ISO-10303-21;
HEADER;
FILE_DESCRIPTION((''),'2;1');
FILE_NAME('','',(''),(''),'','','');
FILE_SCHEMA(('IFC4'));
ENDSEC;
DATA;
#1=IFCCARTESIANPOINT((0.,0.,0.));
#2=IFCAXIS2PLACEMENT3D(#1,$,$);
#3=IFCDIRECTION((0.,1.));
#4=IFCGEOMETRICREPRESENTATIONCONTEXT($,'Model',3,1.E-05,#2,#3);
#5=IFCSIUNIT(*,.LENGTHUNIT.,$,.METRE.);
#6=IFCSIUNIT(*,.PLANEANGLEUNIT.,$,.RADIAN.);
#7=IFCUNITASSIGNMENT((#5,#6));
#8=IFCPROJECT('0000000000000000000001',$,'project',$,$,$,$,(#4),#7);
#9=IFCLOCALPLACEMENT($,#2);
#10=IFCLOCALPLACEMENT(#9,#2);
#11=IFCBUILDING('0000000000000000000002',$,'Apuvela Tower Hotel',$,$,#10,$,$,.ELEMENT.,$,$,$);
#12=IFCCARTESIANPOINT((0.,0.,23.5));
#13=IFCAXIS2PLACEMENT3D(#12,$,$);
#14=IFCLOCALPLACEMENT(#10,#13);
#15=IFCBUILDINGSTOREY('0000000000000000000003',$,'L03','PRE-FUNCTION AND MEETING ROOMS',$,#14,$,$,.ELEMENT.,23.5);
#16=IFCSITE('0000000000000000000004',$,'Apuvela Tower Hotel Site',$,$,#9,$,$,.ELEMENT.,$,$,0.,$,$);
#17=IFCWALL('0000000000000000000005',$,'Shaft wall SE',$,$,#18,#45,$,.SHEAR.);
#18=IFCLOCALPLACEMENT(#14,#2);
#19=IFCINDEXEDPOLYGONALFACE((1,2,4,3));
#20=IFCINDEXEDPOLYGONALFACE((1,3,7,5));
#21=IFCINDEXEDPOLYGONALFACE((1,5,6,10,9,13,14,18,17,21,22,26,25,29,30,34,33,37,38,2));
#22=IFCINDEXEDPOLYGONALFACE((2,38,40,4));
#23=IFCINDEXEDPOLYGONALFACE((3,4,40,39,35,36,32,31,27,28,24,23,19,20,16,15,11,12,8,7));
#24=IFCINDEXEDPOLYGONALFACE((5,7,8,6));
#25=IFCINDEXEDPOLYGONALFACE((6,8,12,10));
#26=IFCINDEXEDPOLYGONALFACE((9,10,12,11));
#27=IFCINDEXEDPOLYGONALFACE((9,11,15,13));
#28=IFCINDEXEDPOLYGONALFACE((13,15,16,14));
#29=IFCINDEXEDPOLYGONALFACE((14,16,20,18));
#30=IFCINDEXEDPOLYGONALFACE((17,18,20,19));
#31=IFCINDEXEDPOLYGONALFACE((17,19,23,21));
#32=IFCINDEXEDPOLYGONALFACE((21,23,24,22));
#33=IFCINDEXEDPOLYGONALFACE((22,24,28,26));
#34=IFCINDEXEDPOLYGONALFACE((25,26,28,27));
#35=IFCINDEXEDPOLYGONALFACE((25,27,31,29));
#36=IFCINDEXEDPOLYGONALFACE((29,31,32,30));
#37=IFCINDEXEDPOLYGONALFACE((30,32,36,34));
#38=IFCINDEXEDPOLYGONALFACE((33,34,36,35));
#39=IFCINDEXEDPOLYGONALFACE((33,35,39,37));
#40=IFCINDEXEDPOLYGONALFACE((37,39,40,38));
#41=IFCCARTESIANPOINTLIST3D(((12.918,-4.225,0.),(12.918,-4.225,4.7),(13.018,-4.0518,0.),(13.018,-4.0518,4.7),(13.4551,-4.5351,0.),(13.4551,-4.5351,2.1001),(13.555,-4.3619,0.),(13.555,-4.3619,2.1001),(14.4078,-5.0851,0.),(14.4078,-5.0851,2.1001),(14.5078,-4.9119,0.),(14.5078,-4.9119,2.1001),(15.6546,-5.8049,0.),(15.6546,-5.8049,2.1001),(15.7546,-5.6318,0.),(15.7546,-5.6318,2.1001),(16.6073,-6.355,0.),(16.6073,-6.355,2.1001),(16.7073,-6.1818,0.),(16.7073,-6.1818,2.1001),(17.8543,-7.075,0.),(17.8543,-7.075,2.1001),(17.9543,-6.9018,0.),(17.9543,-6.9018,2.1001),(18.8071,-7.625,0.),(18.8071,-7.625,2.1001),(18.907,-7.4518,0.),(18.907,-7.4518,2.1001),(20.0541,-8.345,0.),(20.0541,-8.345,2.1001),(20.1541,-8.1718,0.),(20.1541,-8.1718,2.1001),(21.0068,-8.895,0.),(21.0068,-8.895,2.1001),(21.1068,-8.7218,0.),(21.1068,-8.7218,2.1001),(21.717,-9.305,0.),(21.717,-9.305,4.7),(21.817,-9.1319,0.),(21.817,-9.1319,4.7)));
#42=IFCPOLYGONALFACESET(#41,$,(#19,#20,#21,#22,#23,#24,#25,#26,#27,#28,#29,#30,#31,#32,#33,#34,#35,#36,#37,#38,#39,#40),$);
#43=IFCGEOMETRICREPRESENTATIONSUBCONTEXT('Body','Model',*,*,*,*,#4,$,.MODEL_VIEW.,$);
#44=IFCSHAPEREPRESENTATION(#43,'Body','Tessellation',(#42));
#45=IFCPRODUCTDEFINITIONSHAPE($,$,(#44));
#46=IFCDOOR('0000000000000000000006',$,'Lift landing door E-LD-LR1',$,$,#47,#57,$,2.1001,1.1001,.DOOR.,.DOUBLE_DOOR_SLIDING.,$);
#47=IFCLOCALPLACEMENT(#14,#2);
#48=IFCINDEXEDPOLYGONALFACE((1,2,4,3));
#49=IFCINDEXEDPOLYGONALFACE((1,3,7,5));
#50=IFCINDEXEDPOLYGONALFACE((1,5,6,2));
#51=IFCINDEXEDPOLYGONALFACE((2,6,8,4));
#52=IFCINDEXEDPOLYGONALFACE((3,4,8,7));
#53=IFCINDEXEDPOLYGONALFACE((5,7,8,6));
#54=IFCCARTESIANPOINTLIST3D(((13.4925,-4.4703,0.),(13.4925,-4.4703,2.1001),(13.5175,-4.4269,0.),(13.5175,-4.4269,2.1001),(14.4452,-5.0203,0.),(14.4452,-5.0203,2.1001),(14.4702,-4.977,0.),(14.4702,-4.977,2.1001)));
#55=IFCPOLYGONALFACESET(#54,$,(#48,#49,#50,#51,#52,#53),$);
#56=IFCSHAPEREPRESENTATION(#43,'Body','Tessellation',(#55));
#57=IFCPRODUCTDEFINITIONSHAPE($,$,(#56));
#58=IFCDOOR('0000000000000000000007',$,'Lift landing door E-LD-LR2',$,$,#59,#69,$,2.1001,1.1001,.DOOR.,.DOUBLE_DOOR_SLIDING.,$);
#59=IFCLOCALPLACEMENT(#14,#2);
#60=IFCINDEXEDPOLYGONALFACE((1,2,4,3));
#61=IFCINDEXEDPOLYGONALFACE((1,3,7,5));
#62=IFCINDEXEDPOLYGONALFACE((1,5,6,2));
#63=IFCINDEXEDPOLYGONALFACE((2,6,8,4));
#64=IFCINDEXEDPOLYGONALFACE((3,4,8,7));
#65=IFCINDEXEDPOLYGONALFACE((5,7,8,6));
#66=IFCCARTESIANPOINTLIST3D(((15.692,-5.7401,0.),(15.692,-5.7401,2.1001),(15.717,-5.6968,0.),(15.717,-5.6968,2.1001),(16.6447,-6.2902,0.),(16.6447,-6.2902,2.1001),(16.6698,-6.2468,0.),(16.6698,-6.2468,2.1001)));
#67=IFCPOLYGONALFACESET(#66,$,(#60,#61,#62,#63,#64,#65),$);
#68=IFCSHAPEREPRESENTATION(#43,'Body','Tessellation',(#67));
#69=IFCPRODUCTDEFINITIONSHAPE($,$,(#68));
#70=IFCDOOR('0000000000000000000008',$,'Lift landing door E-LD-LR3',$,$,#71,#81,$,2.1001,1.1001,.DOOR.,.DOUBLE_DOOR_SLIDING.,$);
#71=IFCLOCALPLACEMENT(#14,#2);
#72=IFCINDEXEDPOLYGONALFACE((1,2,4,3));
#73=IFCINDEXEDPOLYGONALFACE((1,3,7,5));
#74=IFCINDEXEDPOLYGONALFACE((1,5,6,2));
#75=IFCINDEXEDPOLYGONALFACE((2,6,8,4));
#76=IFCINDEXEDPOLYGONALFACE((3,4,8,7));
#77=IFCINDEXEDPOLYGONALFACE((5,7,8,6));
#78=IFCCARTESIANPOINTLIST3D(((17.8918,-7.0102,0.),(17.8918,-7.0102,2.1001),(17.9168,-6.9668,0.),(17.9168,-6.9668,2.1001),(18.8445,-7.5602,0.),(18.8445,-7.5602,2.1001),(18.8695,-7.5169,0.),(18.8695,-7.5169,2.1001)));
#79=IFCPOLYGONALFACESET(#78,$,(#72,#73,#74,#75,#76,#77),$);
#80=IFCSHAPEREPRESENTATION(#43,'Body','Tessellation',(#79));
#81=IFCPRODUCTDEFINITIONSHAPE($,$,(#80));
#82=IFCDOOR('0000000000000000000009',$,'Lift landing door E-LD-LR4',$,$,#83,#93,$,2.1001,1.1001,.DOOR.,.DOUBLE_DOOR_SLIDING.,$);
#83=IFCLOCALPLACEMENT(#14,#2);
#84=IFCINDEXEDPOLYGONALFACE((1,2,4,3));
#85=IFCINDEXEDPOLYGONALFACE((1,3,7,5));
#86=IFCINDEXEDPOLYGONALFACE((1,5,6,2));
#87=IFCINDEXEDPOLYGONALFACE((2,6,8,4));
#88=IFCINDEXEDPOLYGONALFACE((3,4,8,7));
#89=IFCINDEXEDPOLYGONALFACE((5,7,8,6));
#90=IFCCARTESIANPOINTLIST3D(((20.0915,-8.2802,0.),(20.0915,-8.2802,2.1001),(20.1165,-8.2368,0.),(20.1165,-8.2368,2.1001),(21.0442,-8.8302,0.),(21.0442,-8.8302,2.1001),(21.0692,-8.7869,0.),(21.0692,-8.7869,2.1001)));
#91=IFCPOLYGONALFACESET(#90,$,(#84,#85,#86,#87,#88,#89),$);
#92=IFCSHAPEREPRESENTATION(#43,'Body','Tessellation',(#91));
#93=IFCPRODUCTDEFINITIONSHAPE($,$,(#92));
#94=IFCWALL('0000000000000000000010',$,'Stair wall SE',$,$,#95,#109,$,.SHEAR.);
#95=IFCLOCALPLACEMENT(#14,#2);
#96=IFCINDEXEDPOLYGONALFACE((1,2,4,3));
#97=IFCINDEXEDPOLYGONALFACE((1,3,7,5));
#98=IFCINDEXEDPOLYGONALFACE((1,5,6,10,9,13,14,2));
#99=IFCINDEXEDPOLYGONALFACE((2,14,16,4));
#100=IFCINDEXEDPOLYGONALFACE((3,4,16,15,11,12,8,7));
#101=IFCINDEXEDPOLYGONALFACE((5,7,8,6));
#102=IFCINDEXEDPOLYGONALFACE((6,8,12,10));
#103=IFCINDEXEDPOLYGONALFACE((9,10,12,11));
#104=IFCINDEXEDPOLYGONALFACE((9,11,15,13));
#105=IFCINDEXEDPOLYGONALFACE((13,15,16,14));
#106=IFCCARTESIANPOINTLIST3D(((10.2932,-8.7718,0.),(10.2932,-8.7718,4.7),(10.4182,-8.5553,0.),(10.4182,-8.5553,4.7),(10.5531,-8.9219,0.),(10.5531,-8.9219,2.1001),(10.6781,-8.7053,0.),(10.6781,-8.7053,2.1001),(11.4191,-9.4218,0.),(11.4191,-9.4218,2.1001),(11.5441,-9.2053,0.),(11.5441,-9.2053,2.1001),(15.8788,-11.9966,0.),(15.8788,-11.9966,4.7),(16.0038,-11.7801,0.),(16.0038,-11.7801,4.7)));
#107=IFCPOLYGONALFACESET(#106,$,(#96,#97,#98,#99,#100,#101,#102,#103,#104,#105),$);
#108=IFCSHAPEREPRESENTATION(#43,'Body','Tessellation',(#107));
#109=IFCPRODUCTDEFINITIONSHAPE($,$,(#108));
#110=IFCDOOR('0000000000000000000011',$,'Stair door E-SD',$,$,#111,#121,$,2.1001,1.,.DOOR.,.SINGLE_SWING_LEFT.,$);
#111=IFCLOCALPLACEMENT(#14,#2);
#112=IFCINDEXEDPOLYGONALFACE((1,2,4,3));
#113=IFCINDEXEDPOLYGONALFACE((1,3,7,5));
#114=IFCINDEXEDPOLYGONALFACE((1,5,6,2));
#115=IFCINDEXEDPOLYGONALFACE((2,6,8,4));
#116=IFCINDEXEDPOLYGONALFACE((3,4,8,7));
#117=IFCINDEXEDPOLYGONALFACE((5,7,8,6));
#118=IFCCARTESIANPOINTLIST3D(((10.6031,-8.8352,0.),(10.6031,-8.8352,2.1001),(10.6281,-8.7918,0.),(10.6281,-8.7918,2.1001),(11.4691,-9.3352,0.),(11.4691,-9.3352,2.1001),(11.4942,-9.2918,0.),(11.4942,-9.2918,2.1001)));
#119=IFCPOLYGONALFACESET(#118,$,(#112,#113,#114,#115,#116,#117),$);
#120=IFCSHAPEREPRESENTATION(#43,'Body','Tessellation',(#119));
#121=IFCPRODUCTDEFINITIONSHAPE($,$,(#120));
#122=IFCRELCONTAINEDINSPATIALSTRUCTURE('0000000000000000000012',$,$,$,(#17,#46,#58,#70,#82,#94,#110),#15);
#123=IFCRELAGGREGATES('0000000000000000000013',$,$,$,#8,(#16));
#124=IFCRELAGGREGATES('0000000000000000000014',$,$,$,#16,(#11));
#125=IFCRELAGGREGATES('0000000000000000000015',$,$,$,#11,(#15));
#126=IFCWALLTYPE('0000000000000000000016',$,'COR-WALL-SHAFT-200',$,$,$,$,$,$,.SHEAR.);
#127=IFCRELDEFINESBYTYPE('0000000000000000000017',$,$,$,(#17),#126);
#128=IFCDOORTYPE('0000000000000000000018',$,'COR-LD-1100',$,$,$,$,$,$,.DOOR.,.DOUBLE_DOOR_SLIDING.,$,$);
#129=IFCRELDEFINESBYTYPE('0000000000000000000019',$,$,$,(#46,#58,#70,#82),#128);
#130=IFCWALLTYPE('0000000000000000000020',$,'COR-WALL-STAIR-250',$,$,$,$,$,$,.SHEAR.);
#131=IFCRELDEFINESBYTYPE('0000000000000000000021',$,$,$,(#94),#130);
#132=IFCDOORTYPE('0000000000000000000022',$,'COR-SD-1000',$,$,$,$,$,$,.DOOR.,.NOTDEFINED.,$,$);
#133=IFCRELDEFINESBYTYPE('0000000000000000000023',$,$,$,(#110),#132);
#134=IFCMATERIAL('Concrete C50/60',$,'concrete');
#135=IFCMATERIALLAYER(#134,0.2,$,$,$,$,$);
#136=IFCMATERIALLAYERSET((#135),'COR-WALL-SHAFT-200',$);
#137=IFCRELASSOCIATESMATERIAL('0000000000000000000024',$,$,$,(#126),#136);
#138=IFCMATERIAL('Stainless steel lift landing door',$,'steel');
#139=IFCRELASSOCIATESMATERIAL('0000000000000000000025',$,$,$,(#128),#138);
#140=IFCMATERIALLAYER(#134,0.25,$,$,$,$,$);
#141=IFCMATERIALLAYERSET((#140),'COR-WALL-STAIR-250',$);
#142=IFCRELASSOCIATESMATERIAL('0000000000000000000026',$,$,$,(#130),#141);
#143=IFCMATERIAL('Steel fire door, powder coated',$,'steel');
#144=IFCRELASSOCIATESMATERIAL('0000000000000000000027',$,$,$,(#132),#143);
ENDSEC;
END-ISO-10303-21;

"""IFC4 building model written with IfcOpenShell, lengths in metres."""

from ifc_helpers import new_model, si_unit, direction, frame, frame_2d, origin, place, context, subcontext, project, spatial, rectangle, extrude, material, layer, layer_set, type_object, element, fill, save


model = new_model("IFC4")

# Units and contexts
model_context = context("Model", 3, precision=1e-05, world=origin(), true_north=direction((0.0, 1.0)))
body_context = subcontext(model_context, "Body", "Model", "MODEL_VIEW")
ifc_project = project(units=[si_unit("LENGTHUNIT", "METRE"), si_unit("PLANEANGLEUNIT", "RADIAN")], contexts=[model_context])

# Site, building, storey
site_placement = place(None, origin())
site = spatial("IfcSite", under=ifc_project, at=site_placement, Name="Apuvela Tower Hotel Site", CompositionType="ELEMENT", RefElevation=0.0)
building_placement = place(site_placement, origin())
building = spatial("IfcBuilding", under=site, at=building_placement, Name="Apuvela Tower Hotel", CompositionType="ELEMENT")
storey_placement = place(building_placement, frame((0.0, 0.0, 23.5)))
storey = spatial("IfcBuildingStorey", under=building, at=storey_placement, Name="L03", Description="PRE-FUNCTION AND MEETING ROOMS", CompositionType="ELEMENT", Elevation=23.5)

# Shared definitions
ifc_material_1 = material(Name="Concrete C50/60", Category="concrete")

# Shared definitions
ifc_layer_1 = layer(ifc_material_1, 0.2)
ifc_layer_set_1 = layer_set([ifc_layer_1], Name="COR-WALL-SHAFT-200")
wall_type_1 = type_object("IfcWallType", Name="COR-WALL-SHAFT-200", PredefinedType="SHEAR", material=ifc_layer_set_1)
ifc_material_2 = material(Name="Stainless steel lift landing door", Category="steel")

# Wall, openings, doors
wall_1_placement = place(storey_placement, frame((12.968, -4.1384, 0.0), z_axis=(0.0, 0.0, 1.0), x_axis=(0.866028, -0.499995, 0.0)))
wall_1 = element("IfcWall", 1, at=wall_1_placement, inside=storey, type_object=wall_type_1, Name="Shaft wall SE", PredefinedType="SHEAR", context=body_context, shape_type="SweptSolid", body=[
    extrude(rectangle(XDim=10.1602, YDim=0.2, at=frame_2d((5.0801, 0.0))), origin(), (0.0, 0.0, 1.0), 4.7),
])
opening_1_placement = place(wall_1_placement, frame((0.6201, 0.0, 0.0)))
opening_1 = element("IfcOpeningElement", 2, at=opening_1_placement, cuts=wall_1, PredefinedType="OPENING", context=body_context, shape_type="SweptSolid", body=[
    extrude(rectangle(XDim=1.1001, YDim=2.1001, at=frame_2d((0.55, 1.05))), frame((0.0, 0.1099, 0.0), z_axis=(0.0, -1.0, 0.0), x_axis=(1.0, 0.0, 0.0)), (0.0, 0.0, 1.0), 0.22),
])
opening_2_placement = place(wall_1_placement, frame((3.1599, 0.0, 0.0)))
opening_2 = element("IfcOpeningElement", 3, at=opening_2_placement, cuts=wall_1, PredefinedType="OPENING", context=body_context, shape_type="SweptSolid", body=[
    extrude(rectangle(XDim=1.1001, YDim=2.1001, at=frame_2d((0.55, 1.05))), frame((0.0, 0.1099, 0.0), z_axis=(0.0, -1.0, 0.0), x_axis=(1.0, 0.0, 0.0)), (0.0, 0.0, 1.0), 0.22),
])
opening_3_placement = place(wall_1_placement, frame((5.7, 0.0, 0.0)))
opening_3 = element("IfcOpeningElement", 4, at=opening_3_placement, cuts=wall_1, PredefinedType="OPENING", context=body_context, shape_type="SweptSolid", body=[
    extrude(rectangle(XDim=1.1001, YDim=2.1001, at=frame_2d((0.55, 1.05))), frame((0.0, 0.1099, 0.0), z_axis=(0.0, -1.0, 0.0), x_axis=(1.0, 0.0, 0.0)), (0.0, 0.0, 1.0), 0.22),
])
opening_4_placement = place(wall_1_placement, frame((8.24, 0.0, 0.0)))
opening_4 = element("IfcOpeningElement", 5, at=opening_4_placement, cuts=wall_1, PredefinedType="OPENING", context=body_context, shape_type="SweptSolid", body=[
    extrude(rectangle(XDim=1.1001, YDim=2.1001, at=frame_2d((0.55, 1.05))), frame((0.0, 0.1099, 0.0), z_axis=(0.0, -1.0, 0.0), x_axis=(1.0, 0.0, 0.0)), (0.0, 0.0, 1.0), 0.22),
])
door_type_1 = type_object("IfcDoorType", Name="COR-LD-1100", OperationType="DOUBLE_DOOR_SLIDING", PredefinedType="DOOR", material=ifc_material_2)
door_1_placement = place(opening_1_placement, origin())
door_1 = element("IfcDoor", 6, at=door_1_placement, inside=storey, type_object=door_type_1, Name="Lift landing door E-LD-LR1", OperationType="DOUBLE_DOOR_SLIDING", OverallHeight=2.1001, OverallWidth=1.1001, PredefinedType="DOOR", context=body_context, shape_type="SweptSolid", body=[
    extrude(rectangle(XDim=1.1001, YDim=2.1001, at=frame_2d((0.55, 1.05))), frame((0.0, 0.0249, 0.0), z_axis=(0.0, -1.0, 0.0), x_axis=(1.0, 0.0, 0.0)), (0.0, 0.0, 1.0), 0.05),
])
fill(opening_1, door_1)
door_2_placement = place(opening_2_placement, origin())
door_2 = element("IfcDoor", 7, at=door_2_placement, inside=storey, type_object=door_type_1, Name="Lift landing door E-LD-LR2", OperationType="DOUBLE_DOOR_SLIDING", OverallHeight=2.1001, OverallWidth=1.1001, PredefinedType="DOOR", context=body_context, shape_type="SweptSolid", body=[
    extrude(rectangle(XDim=1.1001, YDim=2.1001, at=frame_2d((0.55, 1.05))), frame((0.0, 0.0249, 0.0), z_axis=(0.0, -1.0, 0.0), x_axis=(1.0, 0.0, 0.0)), (0.0, 0.0, 1.0), 0.05),
])
fill(opening_2, door_2)
door_3_placement = place(opening_3_placement, origin())
door_3 = element("IfcDoor", 8, at=door_3_placement, inside=storey, type_object=door_type_1, Name="Lift landing door E-LD-LR3", OperationType="DOUBLE_DOOR_SLIDING", OverallHeight=2.1001, OverallWidth=1.1001, PredefinedType="DOOR", context=body_context, shape_type="SweptSolid", body=[
    extrude(rectangle(XDim=1.1001, YDim=2.1001, at=frame_2d((0.55, 1.05))), frame((0.0, 0.0249, 0.0), z_axis=(0.0, -1.0, 0.0), x_axis=(1.0, 0.0, 0.0)), (0.0, 0.0, 1.0), 0.05),
])
fill(opening_3, door_3)
door_4_placement = place(opening_4_placement, origin())
door_4 = element("IfcDoor", 9, at=door_4_placement, inside=storey, type_object=door_type_1, Name="Lift landing door E-LD-LR4", OperationType="DOUBLE_DOOR_SLIDING", OverallHeight=2.1001, OverallWidth=1.1001, PredefinedType="DOOR", context=body_context, shape_type="SweptSolid", body=[
    extrude(rectangle(XDim=1.1001, YDim=2.1001, at=frame_2d((0.55, 1.05))), frame((0.0, 0.0249, 0.0), z_axis=(0.0, -1.0, 0.0), x_axis=(1.0, 0.0, 0.0)), (0.0, 0.0, 1.0), 0.05),
])
fill(opening_4, door_4)

# Wall, opening, door
ifc_layer_2 = layer(ifc_material_1, 0.25)
ifc_layer_set_2 = layer_set([ifc_layer_2], Name="COR-WALL-STAIR-250")
wall_type_2 = type_object("IfcWallType", Name="COR-WALL-STAIR-250", PredefinedType="SHEAR", material=ifc_layer_set_2)
wall_2_placement = place(storey_placement, frame((10.3557, -8.6636, 0.0), z_axis=(0.0, 0.0, 1.0), x_axis=(0.866029, -0.499994, 0.0)))
wall_2 = element("IfcWall", 10, at=wall_2_placement, inside=storey, type_object=wall_type_2, Name="Stair wall SE", PredefinedType="SHEAR", context=body_context, shape_type="SweptSolid", body=[
    extrude(rectangle(XDim=6.4497, YDim=0.25, at=frame_2d((3.2249, 0.0))), origin(), (0.0, 0.0, 1.0), 4.7),
])
opening_5_placement = place(wall_2_placement, frame((0.3, 0.0, 0.0)))
opening_5 = element("IfcOpeningElement", 11, at=opening_5_placement, cuts=wall_2, PredefinedType="OPENING", context=body_context, shape_type="SweptSolid", body=[
    extrude(rectangle(XDim=1.0, YDim=2.1001, at=frame_2d((0.5, 1.05))), frame((0.0, 0.135, 0.0), z_axis=(0.0, -1.0, 0.0), x_axis=(1.0, 0.0, 0.0)), (0.0, 0.0, 1.0), 0.27),
])
ifc_material_3 = material(Name="Steel fire door, powder coated", Category="steel")
door_type_2 = type_object("IfcDoorType", Name="COR-SD-1000", OperationType="NOTDEFINED", PredefinedType="DOOR", material=ifc_material_3)
door_5_placement = place(opening_5_placement, frame((1.0, 0.0, 0.0), z_axis=(0.0, 0.0, 1.0), x_axis=(-1.0, 0.0, 0.0)))
door_5 = element("IfcDoor", 12, at=door_5_placement, inside=storey, type_object=door_type_2, Name="Stair door E-SD", OperationType="SINGLE_SWING_LEFT", OverallHeight=2.1001, OverallWidth=1.0, PredefinedType="DOOR", context=body_context, shape_type="SweptSolid", body=[
    extrude(rectangle(XDim=1.0, YDim=2.1001, at=frame_2d((0.5, 1.05))), frame((0.0, 0.0249, 0.0), z_axis=(0.0, -1.0, 0.0), x_axis=(1.0, 0.0, 0.0)), (0.0, 0.0, 1.0), 0.05),
])
fill(opening_5, door_5)

save(model, "model.ifc")
